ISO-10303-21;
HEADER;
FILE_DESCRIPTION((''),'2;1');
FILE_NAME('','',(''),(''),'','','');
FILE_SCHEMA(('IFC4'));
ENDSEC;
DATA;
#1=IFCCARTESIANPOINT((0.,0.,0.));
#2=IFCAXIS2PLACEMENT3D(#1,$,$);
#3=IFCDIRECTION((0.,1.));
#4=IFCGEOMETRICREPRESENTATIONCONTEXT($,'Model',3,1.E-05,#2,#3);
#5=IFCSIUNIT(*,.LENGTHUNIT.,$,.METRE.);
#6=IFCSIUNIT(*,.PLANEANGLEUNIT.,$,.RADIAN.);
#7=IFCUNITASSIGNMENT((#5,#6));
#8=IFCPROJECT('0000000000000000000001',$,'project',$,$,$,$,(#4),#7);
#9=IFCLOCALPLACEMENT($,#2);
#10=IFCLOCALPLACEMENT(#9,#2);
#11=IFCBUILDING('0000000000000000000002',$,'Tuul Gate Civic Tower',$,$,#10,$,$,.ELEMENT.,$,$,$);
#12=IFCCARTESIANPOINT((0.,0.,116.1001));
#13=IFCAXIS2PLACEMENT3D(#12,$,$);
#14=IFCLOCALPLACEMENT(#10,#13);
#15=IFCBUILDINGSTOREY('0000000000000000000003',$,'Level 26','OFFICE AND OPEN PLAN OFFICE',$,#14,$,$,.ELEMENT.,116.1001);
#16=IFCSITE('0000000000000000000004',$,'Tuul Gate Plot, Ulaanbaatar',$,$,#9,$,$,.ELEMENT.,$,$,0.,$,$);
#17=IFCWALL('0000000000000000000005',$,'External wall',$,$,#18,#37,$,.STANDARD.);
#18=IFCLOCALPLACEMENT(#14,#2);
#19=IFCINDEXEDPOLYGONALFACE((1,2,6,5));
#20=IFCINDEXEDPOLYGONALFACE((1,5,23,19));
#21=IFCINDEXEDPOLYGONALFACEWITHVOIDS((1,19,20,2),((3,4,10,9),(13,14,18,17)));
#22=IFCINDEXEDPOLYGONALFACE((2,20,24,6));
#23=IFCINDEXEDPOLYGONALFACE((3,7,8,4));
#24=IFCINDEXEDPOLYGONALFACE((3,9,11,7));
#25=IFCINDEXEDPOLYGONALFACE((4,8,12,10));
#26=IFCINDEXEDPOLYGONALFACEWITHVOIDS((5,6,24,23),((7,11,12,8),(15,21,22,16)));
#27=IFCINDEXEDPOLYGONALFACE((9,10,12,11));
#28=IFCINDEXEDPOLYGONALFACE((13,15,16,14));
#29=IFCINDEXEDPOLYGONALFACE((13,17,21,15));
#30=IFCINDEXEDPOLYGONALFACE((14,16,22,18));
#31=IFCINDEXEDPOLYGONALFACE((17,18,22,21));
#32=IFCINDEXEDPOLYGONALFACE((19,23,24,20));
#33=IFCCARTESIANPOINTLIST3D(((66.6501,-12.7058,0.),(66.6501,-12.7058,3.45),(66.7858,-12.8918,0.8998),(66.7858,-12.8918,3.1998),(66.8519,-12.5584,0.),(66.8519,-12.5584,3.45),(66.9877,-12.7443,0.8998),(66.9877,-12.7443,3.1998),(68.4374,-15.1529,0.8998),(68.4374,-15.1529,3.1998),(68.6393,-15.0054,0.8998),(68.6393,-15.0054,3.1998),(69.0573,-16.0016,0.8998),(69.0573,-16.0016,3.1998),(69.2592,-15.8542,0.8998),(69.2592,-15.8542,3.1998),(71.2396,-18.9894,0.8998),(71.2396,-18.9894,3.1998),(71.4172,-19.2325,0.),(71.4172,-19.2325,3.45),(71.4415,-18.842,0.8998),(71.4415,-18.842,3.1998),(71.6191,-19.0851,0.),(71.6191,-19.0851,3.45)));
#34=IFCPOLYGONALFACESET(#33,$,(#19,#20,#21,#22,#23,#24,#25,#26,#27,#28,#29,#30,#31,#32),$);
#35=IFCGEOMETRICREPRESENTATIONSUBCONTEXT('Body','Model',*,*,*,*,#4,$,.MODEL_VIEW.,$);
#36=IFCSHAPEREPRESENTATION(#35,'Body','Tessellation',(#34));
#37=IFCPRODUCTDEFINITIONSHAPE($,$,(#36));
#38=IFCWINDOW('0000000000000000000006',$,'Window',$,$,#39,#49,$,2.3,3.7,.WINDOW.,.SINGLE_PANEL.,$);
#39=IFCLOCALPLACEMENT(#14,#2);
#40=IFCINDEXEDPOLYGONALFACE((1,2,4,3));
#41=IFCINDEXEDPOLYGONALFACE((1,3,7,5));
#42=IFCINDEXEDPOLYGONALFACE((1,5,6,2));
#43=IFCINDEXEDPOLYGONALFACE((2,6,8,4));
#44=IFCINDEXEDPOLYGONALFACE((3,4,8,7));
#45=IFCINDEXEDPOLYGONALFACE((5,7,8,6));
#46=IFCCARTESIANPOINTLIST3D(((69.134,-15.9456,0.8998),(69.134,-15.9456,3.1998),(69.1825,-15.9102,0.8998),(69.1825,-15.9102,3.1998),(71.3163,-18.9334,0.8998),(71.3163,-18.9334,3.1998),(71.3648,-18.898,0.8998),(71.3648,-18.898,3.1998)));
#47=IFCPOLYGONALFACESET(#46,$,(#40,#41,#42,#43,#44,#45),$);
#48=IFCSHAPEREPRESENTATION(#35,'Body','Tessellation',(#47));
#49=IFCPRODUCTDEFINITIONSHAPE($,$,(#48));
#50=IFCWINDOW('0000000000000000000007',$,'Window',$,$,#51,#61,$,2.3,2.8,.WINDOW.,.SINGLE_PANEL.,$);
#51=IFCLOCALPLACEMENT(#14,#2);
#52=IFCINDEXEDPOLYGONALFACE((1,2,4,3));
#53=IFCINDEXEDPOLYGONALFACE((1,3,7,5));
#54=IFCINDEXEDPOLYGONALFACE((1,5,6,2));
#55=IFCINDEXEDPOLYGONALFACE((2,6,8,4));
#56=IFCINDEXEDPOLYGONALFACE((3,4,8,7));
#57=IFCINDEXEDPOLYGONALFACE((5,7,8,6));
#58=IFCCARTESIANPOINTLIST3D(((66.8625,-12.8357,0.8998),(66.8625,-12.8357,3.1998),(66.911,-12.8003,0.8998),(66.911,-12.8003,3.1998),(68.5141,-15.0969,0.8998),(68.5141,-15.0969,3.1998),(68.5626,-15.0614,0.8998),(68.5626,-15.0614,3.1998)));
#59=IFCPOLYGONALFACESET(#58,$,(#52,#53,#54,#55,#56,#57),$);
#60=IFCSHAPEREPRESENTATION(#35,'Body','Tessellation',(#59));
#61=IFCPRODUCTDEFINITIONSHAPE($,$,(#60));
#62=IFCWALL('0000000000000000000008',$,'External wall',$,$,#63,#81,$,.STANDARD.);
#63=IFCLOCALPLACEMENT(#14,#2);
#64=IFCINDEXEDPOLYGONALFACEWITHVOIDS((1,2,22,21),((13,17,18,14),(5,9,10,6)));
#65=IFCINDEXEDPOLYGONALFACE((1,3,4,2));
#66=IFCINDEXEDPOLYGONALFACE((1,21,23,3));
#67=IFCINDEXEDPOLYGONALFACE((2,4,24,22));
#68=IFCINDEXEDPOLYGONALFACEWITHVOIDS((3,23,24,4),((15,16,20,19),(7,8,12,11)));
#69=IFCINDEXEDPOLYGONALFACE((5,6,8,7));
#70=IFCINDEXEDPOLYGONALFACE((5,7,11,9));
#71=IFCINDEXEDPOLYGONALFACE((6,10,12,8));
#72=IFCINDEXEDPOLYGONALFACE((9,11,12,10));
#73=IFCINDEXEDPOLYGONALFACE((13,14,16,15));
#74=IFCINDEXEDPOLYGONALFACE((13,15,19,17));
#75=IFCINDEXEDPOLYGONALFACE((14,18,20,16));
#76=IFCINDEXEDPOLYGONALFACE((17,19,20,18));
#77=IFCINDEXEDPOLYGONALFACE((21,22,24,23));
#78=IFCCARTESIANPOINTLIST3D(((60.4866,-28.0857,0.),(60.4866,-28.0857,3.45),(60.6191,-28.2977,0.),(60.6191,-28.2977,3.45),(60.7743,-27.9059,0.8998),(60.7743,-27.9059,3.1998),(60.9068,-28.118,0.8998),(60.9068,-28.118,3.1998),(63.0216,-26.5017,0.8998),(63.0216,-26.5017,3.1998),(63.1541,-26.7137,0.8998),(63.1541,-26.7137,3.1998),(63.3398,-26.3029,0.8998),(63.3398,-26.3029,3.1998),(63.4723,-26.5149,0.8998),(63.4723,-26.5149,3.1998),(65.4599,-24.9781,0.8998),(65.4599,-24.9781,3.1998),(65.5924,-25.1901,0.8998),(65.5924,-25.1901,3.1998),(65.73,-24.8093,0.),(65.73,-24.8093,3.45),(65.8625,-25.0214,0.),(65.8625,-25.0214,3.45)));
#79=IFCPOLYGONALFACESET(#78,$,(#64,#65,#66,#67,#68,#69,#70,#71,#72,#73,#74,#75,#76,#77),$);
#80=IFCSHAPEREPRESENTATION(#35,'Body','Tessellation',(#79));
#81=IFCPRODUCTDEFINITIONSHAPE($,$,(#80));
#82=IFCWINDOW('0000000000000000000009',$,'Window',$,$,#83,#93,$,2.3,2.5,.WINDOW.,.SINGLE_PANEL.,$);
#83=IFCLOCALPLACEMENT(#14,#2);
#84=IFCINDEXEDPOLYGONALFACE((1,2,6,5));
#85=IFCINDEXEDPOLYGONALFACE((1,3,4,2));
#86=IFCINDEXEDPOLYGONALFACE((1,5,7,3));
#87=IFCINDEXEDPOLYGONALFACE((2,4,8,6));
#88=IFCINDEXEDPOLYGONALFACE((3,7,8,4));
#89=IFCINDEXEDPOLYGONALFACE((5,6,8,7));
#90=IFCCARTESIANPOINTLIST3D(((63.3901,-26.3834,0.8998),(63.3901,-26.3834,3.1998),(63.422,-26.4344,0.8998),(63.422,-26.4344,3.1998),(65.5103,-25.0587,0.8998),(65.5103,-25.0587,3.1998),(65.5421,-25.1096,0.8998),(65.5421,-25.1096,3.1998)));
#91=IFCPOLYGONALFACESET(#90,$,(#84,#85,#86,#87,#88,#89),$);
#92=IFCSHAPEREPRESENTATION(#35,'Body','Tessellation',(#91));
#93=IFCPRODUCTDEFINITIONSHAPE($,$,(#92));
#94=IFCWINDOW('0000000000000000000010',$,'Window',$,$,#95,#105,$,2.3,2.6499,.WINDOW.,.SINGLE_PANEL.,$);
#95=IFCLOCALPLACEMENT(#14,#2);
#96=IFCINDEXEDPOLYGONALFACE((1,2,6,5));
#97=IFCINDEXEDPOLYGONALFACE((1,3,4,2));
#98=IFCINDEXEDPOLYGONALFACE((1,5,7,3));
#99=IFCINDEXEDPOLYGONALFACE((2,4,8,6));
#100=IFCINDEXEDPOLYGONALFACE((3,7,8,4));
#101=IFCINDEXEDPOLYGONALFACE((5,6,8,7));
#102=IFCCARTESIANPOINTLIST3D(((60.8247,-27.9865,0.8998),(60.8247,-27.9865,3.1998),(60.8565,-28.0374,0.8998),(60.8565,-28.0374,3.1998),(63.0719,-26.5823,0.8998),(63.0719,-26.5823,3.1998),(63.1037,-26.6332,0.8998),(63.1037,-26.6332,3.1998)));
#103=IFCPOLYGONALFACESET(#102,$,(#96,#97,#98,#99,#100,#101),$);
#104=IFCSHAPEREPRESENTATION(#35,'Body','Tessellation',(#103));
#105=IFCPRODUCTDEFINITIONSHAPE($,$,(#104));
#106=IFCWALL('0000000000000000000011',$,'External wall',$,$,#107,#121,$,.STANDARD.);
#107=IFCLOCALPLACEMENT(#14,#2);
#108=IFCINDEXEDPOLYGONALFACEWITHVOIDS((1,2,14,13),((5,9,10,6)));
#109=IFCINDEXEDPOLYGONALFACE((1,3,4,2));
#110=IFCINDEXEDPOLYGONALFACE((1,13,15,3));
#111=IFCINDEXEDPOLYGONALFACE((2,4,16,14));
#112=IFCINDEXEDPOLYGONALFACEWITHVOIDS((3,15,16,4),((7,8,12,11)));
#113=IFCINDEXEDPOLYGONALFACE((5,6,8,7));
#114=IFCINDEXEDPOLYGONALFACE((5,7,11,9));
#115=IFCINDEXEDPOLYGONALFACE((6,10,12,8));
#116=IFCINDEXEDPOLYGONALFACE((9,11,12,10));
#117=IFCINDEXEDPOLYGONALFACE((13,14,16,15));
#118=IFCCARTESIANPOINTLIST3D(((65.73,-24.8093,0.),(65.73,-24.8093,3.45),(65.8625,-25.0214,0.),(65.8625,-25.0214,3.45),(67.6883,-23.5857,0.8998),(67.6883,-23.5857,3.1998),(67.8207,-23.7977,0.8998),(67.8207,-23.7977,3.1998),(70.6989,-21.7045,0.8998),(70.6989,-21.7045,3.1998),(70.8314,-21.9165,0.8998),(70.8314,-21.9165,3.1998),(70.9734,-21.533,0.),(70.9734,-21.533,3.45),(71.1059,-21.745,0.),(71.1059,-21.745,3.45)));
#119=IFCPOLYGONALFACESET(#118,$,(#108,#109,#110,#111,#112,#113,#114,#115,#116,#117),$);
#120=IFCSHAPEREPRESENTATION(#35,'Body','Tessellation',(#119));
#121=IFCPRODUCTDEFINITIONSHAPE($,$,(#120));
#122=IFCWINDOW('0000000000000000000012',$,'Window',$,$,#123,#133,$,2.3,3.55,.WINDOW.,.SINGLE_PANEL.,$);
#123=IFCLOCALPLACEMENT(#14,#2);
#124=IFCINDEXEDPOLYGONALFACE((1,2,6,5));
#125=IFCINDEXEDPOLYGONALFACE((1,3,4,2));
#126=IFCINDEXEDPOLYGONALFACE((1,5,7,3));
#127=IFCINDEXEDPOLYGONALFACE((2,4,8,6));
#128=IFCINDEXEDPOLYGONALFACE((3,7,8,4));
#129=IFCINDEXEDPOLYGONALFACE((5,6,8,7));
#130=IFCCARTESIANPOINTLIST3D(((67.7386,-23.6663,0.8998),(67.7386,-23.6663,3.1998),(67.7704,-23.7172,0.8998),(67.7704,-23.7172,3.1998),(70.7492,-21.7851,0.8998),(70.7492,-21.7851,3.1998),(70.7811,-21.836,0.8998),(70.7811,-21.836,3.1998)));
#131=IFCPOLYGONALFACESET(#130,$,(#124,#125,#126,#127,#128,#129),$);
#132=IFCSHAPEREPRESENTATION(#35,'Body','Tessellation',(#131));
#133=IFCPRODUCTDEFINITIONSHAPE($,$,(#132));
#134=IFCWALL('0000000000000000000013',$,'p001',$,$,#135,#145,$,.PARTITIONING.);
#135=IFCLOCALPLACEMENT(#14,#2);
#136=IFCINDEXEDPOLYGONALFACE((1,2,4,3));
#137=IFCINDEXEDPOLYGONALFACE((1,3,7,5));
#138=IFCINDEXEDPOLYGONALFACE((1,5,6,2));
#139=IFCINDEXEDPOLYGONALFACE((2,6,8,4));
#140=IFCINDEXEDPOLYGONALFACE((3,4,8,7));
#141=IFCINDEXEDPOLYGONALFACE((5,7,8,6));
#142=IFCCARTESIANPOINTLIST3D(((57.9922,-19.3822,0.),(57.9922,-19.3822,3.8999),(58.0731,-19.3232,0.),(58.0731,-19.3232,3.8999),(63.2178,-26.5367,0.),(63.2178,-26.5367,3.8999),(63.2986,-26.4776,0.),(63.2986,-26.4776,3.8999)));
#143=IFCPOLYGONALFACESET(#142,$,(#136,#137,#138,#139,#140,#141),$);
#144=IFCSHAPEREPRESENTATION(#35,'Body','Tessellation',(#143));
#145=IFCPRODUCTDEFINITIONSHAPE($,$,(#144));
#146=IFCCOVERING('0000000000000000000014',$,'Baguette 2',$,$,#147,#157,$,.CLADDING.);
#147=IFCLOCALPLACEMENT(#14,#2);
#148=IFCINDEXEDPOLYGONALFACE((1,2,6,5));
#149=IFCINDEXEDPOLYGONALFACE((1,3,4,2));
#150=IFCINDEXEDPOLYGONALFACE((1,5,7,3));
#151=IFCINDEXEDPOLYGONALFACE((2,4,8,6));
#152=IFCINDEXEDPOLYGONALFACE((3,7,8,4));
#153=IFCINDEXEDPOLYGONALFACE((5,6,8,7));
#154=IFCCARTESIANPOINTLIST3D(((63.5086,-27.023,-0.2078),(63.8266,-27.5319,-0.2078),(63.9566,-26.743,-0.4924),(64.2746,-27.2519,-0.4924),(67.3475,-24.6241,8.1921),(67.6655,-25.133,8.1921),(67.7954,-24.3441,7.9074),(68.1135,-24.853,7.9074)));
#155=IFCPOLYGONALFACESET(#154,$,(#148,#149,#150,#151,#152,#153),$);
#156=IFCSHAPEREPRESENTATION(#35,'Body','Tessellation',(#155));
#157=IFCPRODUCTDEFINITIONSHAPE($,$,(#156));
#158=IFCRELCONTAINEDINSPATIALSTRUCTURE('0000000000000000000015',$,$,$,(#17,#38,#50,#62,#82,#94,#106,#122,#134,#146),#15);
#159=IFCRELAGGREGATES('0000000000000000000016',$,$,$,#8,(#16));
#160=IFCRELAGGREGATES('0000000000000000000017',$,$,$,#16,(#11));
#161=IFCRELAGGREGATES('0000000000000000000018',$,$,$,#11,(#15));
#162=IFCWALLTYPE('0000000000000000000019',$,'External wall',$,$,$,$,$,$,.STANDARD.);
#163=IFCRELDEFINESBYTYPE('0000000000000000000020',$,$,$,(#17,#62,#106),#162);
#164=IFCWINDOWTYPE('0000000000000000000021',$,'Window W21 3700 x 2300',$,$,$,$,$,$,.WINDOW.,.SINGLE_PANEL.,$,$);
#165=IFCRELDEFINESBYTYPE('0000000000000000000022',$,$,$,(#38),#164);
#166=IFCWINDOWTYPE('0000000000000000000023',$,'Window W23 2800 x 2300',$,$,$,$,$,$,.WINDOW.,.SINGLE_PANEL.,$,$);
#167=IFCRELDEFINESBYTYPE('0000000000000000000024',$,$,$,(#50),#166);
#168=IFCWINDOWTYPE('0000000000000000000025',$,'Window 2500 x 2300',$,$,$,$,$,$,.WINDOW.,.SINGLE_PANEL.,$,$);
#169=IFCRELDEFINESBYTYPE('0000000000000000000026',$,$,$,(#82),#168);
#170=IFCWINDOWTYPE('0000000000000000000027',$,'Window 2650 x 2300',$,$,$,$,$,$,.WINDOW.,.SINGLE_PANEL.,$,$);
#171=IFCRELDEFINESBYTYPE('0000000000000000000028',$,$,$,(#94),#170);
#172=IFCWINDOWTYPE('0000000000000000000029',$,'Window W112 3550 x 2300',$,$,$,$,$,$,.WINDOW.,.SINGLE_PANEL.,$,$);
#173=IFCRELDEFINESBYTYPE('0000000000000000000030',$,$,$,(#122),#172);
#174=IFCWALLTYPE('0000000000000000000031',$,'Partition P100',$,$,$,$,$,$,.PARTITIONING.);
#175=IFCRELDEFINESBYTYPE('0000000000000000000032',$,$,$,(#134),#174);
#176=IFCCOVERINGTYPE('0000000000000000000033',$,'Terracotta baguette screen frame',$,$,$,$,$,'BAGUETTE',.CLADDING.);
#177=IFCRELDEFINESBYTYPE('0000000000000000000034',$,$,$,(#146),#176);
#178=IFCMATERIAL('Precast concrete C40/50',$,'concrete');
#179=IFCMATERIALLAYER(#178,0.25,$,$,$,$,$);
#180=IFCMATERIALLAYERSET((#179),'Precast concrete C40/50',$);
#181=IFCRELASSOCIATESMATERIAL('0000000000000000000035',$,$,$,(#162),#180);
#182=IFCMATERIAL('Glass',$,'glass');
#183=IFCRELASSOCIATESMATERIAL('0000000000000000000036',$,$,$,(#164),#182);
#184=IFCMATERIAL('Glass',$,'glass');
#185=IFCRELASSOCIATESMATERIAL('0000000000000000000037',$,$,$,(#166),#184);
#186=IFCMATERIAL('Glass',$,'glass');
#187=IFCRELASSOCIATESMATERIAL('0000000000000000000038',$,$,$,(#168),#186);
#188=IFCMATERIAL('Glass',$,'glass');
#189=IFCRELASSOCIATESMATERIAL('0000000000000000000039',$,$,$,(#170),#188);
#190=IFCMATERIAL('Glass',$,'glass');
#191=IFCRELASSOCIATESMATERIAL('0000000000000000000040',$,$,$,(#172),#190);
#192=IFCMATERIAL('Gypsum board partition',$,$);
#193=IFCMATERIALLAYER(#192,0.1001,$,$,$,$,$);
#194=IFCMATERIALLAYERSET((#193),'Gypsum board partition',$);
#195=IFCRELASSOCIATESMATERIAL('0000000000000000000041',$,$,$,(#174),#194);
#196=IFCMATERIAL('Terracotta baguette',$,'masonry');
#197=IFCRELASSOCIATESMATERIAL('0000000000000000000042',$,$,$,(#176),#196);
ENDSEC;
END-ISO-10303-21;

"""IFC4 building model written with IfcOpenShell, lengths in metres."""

from ifc_helpers import new_model, si_unit, direction, frame, frame_2d, origin, origin_2d, place, context, subcontext, project, spatial, rectangle, extrude, material, layer, layer_set, material_profile, profile_set, type_object, element, fill, save


model = new_model("IFC4")

# Units and contexts
model_context = context("Model", 3, precision=1e-05, world=origin(), true_north=direction((0.0, 1.0)))
body_context = subcontext(model_context, "Body", "Model", "MODEL_VIEW")
ifc_project = project(units=[si_unit("LENGTHUNIT", "METRE"), si_unit("PLANEANGLEUNIT", "RADIAN")], contexts=[model_context])

# Site, building, storey
site_placement = place(None, origin())
site = spatial("IfcSite", under=ifc_project, at=site_placement, Name="Tuul Gate Plot, Ulaanbaatar", CompositionType="ELEMENT", RefElevation=0.0)
building_placement = place(site_placement, origin())
building = spatial("IfcBuilding", under=site, at=building_placement, Name="Tuul Gate Civic Tower", CompositionType="ELEMENT")
storey_placement = place(building_placement, frame((0.0, 0.0, 116.1001)))
storey = spatial("IfcBuildingStorey", under=building, at=storey_placement, Name="Level 26", Description="OFFICE AND OPEN PLAN OFFICE", CompositionType="ELEMENT", Elevation=116.1001)

# Shared definitions
ifc_material_1 = material(Name="Precast concrete C40/50", Category="concrete")
ifc_layer_1 = layer(ifc_material_1, 0.25)
ifc_layer_set_1 = layer_set([ifc_layer_1], Name="Precast concrete C40/50")
wall_type_1 = type_object("IfcWallType", Name="External wall", PredefinedType="STANDARD", material=ifc_layer_set_1)

# Walls, openings, windows
wall_1_placement = place(storey_placement, frame((71.5181, -19.1587, 0.0), z_axis=(0.0, 0.0, 1.0), x_axis=(-0.589826, 0.80753, 0.0)))
wall_1 = element("IfcWall", 1, at=wall_1_placement, inside=storey, type_object=wall_type_1, Name="External wall", PredefinedType="STANDARD", context=body_context, shape_type="SweptSolid", body=[
    extrude(rectangle(XDim=8.0823, YDim=0.25, at=frame_2d((4.041, 0.0))), origin(), (0.0, 0.0, 1.0), 3.45),
])
opening_1_placement = place(wall_1_placement, frame((0.3008, 0.0, 0.8999)))
opening_1 = element("IfcOpeningElement", 2, at=opening_1_placement, cuts=wall_1, PredefinedType="OPENING", context=body_context, shape_type="SweptSolid", body=[
    extrude(rectangle(XDim=3.7, YDim=2.3, at=frame_2d((1.8501, 1.1499))), frame((0.0, 0.135, 0.0), z_axis=(0.0, -1.0, 0.0), x_axis=(1.0, 0.0, 0.0)), (0.0, 0.0, 1.0), 0.27),
])
opening_2_placement = place(wall_1_placement, frame((5.052, 0.0, 0.8999)))
opening_2 = element("IfcOpeningElement", 3, at=opening_2_placement, cuts=wall_1, PredefinedType="OPENING", context=body_context, shape_type="SweptSolid", body=[
    extrude(rectangle(XDim=2.8, YDim=2.3, at=frame_2d((1.3999, 1.1499))), frame((0.0, 0.135, 0.0), z_axis=(0.0, -1.0, 0.0), x_axis=(1.0, 0.0, 0.0)), (0.0, 0.0, 1.0), 0.27),
])
ifc_material_2 = material(Name="Glass", Category="glass")
window_type_1 = type_object("IfcWindowType", Name="Window W21 3700 x 2300", PartitioningType="SINGLE_PANEL", PredefinedType="WINDOW", material=ifc_material_2)
window_1_placement = place(opening_1_placement, origin())
window_1 = element("IfcWindow", 4, at=window_1_placement, inside=storey, type_object=window_type_1, Name="Window", OverallHeight=2.3, OverallWidth=3.7, PartitioningType="SINGLE_PANEL", PredefinedType="WINDOW", context=body_context, shape_type="SweptSolid", body=[
    extrude(rectangle(XDim=3.7, YDim=2.3, at=frame_2d((1.8501, 1.1499))), frame((0.0, 0.03, 0.0), z_axis=(0.0, -1.0, 0.0), x_axis=(1.0, 0.0, 0.0)), (0.0, 0.0, 1.0), 0.0601),
])
fill(opening_1, window_1)
ifc_material_3 = material(Name="Glass", Category="glass")
window_type_2 = type_object("IfcWindowType", Name="Window W23 2800 x 2300", PartitioningType="SINGLE_PANEL", PredefinedType="WINDOW", material=ifc_material_3)
window_2_placement = place(opening_2_placement, origin())
window_2 = element("IfcWindow", 5, at=window_2_placement, inside=storey, type_object=window_type_2, Name="Window", OverallHeight=2.3, OverallWidth=2.8, PartitioningType="SINGLE_PANEL", PredefinedType="WINDOW", context=body_context, shape_type="SweptSolid", body=[
    extrude(rectangle(XDim=2.8, YDim=2.3, at=frame_2d((1.3999, 1.1499))), frame((0.0, 0.03, 0.0), z_axis=(0.0, -1.0, 0.0), x_axis=(1.0, 0.0, 0.0)), (0.0, 0.0, 1.0), 0.0601),
])
fill(opening_2, window_2)
wall_2_placement = place(storey_placement, frame((60.553, -28.1917, 0.0), z_axis=(0.0, 0.0, 1.0), x_axis=(0.848054, 0.52991, 0.0)))
wall_2 = element("IfcWall", 6, at=wall_2_placement, inside=storey, type_object=wall_type_1, Name="External wall", PredefinedType="STANDARD", context=body_context, shape_type="SweptSolid", body=[
    extrude(rectangle(XDim=6.1829, YDim=0.25, at=frame_2d((3.0913, 0.0))), origin(), (0.0, 0.0, 1.0), 3.45),
])
opening_3_placement = place(wall_2_placement, frame((0.3391, 0.0, 0.8999)))
opening_3 = element("IfcOpeningElement", 7, at=opening_3_placement, cuts=wall_2, PredefinedType="OPENING", context=body_context, shape_type="SweptSolid", body=[
    extrude(rectangle(XDim=2.6499, YDim=2.3, at=frame_2d((1.325, 1.1499))), frame((0.0, 0.135, 0.0), z_axis=(0.0, -1.0, 0.0), x_axis=(1.0, 0.0, 0.0)), (0.0, 0.0, 1.0), 0.27),
])
opening_4_placement = place(wall_2_placement, frame((3.3643, 0.0, 0.8999)))
opening_4 = element("IfcOpeningElement", 8, at=opening_4_placement, cuts=wall_2, PredefinedType="OPENING", context=body_context, shape_type="SweptSolid", body=[
    extrude(rectangle(XDim=2.5, YDim=2.3, at=frame_2d((1.25, 1.1499))), frame((0.0, 0.135, 0.0), z_axis=(0.0, -1.0, 0.0), x_axis=(1.0, 0.0, 0.0)), (0.0, 0.0, 1.0), 0.27),
])
ifc_material_4 = material(Name="Glass", Category="glass")
window_type_3 = type_object("IfcWindowType", Name="Window 2500 x 2300", PartitioningType="SINGLE_PANEL", PredefinedType="WINDOW", material=ifc_material_4)
window_3_placement = place(opening_4_placement, origin())
window_3 = element("IfcWindow", 9, at=window_3_placement, inside=storey, type_object=window_type_3, Name="Window", OverallHeight=2.3, OverallWidth=2.5, PartitioningType="SINGLE_PANEL", PredefinedType="WINDOW", context=body_context, shape_type="SweptSolid", body=[
    extrude(rectangle(XDim=2.5, YDim=2.3, at=frame_2d((1.25, 1.1499))), frame((0.0, 0.03, 0.0), z_axis=(0.0, -1.0, 0.0), x_axis=(1.0, 0.0, 0.0)), (0.0, 0.0, 1.0), 0.0601),
])
fill(opening_4, window_3)
ifc_material_5 = material(Name="Glass", Category="glass")
window_type_4 = type_object("IfcWindowType", Name="Window 2650 x 2300", PartitioningType="SINGLE_PANEL", PredefinedType="WINDOW", material=ifc_material_5)
window_4_placement = place(opening_3_placement, origin())
window_4 = element("IfcWindow", 10, at=window_4_placement, inside=storey, type_object=window_type_4, Name="Window", OverallHeight=2.3, OverallWidth=2.6499, PartitioningType="SINGLE_PANEL", PredefinedType="WINDOW", context=body_context, shape_type="SweptSolid", body=[
    extrude(rectangle(XDim=2.6499, YDim=2.3, at=frame_2d((1.325, 1.1499))), frame((0.0, 0.03, 0.0), z_axis=(0.0, -1.0, 0.0), x_axis=(1.0, 0.0, 0.0)), (0.0, 0.0, 1.0), 0.0601),
])
fill(opening_3, window_4)

# Wall, opening, window
wall_3_placement = place(storey_placement, frame((65.7964, -24.9153, 0.0), z_axis=(0.0, 0.0, 1.0), x_axis=(0.848054, 0.52991, 0.0)))
wall_3 = element("IfcWall", 11, at=wall_3_placement, inside=storey, type_object=wall_type_1, Name="External wall", PredefinedType="STANDARD", context=body_context, shape_type="SweptSolid", body=[
    extrude(rectangle(XDim=6.1829, YDim=0.25, at=frame_2d((3.0913, 0.0))), origin(), (0.0, 0.0, 1.0), 3.45),
])
opening_5_placement = place(wall_3_placement, frame((2.3091, 0.0, 0.8999)))
opening_5 = element("IfcOpeningElement", 12, at=opening_5_placement, cuts=wall_3, PredefinedType="OPENING", context=body_context, shape_type="SweptSolid", body=[
    extrude(rectangle(XDim=3.55, YDim=2.3, at=frame_2d((1.7749, 1.1499))), frame((0.0, 0.135, 0.0), z_axis=(0.0, -1.0, 0.0), x_axis=(1.0, 0.0, 0.0)), (0.0, 0.0, 1.0), 0.27),
])
ifc_material_6 = material(Name="Glass", Category="glass")
window_type_5 = type_object("IfcWindowType", Name="Window W112 3550 x 2300", PartitioningType="SINGLE_PANEL", PredefinedType="WINDOW", material=ifc_material_6)
window_5_placement = place(opening_5_placement, origin())
window_5 = element("IfcWindow", 13, at=window_5_placement, inside=storey, type_object=window_type_5, Name="Window", OverallHeight=2.3, OverallWidth=3.55, PartitioningType="SINGLE_PANEL", PredefinedType="WINDOW", context=body_context, shape_type="SweptSolid", body=[
    extrude(rectangle(XDim=3.55, YDim=2.3, at=frame_2d((1.7749, 1.1499))), frame((0.0, 0.03, 0.0), z_axis=(0.0, -1.0, 0.0), x_axis=(1.0, 0.0, 0.0)), (0.0, 0.0, 1.0), 0.0601),
])
fill(opening_5, window_5)

# Wall
ifc_material_7 = material(Name="Gypsum board partition")
ifc_layer_2 = layer(ifc_material_7, 0.1001)
ifc_layer_set_2 = layer_set([ifc_layer_2], Name="Gypsum board partition")
wall_type_2 = type_object("IfcWallType", Name="Partition P100", PredefinedType="PARTITIONING", material=ifc_layer_set_2)
wall_4_placement = place(storey_placement, frame((58.0327, -19.3528, 0.0), z_axis=(0.0, 0.0, 1.0), x_axis=(0.589816, -0.807538, 0.0)))
element("IfcWall", 14, at=wall_4_placement, inside=storey, type_object=wall_type_2, Name="p001", PredefinedType="PARTITIONING", context=body_context, shape_type="SweptSolid", body=[
    extrude(rectangle(XDim=8.8596, YDim=0.1001, at=frame_2d((4.4297, 0.0))), origin(), (0.0, 0.0, 1.0), 3.8999),
])

# Covering
ifc_material_8 = material(Name="Terracotta baguette", Category="masonry")
ifc_material_profile_1 = material_profile(ifc_material_8, rectangle(XDim=0.6001, YDim=0.6001, at=origin_2d()), Name="Terracotta baguette screen frame")
ifc_profile_set_1 = profile_set([ifc_material_profile_1], Name="Terracotta baguette")
covering_type = type_object("IfcCoveringType", Name="Terracotta baguette screen frame", ElementType="BAGUETTE", PredefinedType="CLADDING", material=ifc_profile_set_1)
covering_1_placement = place(storey_placement, frame((63.8916, -27.1375, -0.3501), z_axis=(0.402312, 0.251407, 0.880307), x_axis=(-0.529941, 0.848035, 0.0)))
element("IfcCovering", 15, at=covering_1_placement, inside=storey, type_object=covering_type, Name="Baguette 2", PredefinedType="CLADDING", context=body_context, shape_type="SweptSolid", body=[
    extrude(rectangle(XDim=0.6001, YDim=0.6001, at=origin_2d()), origin(), (0.0, 0.0, 1.0), 9.542),
])

save(model, "model.ifc")
